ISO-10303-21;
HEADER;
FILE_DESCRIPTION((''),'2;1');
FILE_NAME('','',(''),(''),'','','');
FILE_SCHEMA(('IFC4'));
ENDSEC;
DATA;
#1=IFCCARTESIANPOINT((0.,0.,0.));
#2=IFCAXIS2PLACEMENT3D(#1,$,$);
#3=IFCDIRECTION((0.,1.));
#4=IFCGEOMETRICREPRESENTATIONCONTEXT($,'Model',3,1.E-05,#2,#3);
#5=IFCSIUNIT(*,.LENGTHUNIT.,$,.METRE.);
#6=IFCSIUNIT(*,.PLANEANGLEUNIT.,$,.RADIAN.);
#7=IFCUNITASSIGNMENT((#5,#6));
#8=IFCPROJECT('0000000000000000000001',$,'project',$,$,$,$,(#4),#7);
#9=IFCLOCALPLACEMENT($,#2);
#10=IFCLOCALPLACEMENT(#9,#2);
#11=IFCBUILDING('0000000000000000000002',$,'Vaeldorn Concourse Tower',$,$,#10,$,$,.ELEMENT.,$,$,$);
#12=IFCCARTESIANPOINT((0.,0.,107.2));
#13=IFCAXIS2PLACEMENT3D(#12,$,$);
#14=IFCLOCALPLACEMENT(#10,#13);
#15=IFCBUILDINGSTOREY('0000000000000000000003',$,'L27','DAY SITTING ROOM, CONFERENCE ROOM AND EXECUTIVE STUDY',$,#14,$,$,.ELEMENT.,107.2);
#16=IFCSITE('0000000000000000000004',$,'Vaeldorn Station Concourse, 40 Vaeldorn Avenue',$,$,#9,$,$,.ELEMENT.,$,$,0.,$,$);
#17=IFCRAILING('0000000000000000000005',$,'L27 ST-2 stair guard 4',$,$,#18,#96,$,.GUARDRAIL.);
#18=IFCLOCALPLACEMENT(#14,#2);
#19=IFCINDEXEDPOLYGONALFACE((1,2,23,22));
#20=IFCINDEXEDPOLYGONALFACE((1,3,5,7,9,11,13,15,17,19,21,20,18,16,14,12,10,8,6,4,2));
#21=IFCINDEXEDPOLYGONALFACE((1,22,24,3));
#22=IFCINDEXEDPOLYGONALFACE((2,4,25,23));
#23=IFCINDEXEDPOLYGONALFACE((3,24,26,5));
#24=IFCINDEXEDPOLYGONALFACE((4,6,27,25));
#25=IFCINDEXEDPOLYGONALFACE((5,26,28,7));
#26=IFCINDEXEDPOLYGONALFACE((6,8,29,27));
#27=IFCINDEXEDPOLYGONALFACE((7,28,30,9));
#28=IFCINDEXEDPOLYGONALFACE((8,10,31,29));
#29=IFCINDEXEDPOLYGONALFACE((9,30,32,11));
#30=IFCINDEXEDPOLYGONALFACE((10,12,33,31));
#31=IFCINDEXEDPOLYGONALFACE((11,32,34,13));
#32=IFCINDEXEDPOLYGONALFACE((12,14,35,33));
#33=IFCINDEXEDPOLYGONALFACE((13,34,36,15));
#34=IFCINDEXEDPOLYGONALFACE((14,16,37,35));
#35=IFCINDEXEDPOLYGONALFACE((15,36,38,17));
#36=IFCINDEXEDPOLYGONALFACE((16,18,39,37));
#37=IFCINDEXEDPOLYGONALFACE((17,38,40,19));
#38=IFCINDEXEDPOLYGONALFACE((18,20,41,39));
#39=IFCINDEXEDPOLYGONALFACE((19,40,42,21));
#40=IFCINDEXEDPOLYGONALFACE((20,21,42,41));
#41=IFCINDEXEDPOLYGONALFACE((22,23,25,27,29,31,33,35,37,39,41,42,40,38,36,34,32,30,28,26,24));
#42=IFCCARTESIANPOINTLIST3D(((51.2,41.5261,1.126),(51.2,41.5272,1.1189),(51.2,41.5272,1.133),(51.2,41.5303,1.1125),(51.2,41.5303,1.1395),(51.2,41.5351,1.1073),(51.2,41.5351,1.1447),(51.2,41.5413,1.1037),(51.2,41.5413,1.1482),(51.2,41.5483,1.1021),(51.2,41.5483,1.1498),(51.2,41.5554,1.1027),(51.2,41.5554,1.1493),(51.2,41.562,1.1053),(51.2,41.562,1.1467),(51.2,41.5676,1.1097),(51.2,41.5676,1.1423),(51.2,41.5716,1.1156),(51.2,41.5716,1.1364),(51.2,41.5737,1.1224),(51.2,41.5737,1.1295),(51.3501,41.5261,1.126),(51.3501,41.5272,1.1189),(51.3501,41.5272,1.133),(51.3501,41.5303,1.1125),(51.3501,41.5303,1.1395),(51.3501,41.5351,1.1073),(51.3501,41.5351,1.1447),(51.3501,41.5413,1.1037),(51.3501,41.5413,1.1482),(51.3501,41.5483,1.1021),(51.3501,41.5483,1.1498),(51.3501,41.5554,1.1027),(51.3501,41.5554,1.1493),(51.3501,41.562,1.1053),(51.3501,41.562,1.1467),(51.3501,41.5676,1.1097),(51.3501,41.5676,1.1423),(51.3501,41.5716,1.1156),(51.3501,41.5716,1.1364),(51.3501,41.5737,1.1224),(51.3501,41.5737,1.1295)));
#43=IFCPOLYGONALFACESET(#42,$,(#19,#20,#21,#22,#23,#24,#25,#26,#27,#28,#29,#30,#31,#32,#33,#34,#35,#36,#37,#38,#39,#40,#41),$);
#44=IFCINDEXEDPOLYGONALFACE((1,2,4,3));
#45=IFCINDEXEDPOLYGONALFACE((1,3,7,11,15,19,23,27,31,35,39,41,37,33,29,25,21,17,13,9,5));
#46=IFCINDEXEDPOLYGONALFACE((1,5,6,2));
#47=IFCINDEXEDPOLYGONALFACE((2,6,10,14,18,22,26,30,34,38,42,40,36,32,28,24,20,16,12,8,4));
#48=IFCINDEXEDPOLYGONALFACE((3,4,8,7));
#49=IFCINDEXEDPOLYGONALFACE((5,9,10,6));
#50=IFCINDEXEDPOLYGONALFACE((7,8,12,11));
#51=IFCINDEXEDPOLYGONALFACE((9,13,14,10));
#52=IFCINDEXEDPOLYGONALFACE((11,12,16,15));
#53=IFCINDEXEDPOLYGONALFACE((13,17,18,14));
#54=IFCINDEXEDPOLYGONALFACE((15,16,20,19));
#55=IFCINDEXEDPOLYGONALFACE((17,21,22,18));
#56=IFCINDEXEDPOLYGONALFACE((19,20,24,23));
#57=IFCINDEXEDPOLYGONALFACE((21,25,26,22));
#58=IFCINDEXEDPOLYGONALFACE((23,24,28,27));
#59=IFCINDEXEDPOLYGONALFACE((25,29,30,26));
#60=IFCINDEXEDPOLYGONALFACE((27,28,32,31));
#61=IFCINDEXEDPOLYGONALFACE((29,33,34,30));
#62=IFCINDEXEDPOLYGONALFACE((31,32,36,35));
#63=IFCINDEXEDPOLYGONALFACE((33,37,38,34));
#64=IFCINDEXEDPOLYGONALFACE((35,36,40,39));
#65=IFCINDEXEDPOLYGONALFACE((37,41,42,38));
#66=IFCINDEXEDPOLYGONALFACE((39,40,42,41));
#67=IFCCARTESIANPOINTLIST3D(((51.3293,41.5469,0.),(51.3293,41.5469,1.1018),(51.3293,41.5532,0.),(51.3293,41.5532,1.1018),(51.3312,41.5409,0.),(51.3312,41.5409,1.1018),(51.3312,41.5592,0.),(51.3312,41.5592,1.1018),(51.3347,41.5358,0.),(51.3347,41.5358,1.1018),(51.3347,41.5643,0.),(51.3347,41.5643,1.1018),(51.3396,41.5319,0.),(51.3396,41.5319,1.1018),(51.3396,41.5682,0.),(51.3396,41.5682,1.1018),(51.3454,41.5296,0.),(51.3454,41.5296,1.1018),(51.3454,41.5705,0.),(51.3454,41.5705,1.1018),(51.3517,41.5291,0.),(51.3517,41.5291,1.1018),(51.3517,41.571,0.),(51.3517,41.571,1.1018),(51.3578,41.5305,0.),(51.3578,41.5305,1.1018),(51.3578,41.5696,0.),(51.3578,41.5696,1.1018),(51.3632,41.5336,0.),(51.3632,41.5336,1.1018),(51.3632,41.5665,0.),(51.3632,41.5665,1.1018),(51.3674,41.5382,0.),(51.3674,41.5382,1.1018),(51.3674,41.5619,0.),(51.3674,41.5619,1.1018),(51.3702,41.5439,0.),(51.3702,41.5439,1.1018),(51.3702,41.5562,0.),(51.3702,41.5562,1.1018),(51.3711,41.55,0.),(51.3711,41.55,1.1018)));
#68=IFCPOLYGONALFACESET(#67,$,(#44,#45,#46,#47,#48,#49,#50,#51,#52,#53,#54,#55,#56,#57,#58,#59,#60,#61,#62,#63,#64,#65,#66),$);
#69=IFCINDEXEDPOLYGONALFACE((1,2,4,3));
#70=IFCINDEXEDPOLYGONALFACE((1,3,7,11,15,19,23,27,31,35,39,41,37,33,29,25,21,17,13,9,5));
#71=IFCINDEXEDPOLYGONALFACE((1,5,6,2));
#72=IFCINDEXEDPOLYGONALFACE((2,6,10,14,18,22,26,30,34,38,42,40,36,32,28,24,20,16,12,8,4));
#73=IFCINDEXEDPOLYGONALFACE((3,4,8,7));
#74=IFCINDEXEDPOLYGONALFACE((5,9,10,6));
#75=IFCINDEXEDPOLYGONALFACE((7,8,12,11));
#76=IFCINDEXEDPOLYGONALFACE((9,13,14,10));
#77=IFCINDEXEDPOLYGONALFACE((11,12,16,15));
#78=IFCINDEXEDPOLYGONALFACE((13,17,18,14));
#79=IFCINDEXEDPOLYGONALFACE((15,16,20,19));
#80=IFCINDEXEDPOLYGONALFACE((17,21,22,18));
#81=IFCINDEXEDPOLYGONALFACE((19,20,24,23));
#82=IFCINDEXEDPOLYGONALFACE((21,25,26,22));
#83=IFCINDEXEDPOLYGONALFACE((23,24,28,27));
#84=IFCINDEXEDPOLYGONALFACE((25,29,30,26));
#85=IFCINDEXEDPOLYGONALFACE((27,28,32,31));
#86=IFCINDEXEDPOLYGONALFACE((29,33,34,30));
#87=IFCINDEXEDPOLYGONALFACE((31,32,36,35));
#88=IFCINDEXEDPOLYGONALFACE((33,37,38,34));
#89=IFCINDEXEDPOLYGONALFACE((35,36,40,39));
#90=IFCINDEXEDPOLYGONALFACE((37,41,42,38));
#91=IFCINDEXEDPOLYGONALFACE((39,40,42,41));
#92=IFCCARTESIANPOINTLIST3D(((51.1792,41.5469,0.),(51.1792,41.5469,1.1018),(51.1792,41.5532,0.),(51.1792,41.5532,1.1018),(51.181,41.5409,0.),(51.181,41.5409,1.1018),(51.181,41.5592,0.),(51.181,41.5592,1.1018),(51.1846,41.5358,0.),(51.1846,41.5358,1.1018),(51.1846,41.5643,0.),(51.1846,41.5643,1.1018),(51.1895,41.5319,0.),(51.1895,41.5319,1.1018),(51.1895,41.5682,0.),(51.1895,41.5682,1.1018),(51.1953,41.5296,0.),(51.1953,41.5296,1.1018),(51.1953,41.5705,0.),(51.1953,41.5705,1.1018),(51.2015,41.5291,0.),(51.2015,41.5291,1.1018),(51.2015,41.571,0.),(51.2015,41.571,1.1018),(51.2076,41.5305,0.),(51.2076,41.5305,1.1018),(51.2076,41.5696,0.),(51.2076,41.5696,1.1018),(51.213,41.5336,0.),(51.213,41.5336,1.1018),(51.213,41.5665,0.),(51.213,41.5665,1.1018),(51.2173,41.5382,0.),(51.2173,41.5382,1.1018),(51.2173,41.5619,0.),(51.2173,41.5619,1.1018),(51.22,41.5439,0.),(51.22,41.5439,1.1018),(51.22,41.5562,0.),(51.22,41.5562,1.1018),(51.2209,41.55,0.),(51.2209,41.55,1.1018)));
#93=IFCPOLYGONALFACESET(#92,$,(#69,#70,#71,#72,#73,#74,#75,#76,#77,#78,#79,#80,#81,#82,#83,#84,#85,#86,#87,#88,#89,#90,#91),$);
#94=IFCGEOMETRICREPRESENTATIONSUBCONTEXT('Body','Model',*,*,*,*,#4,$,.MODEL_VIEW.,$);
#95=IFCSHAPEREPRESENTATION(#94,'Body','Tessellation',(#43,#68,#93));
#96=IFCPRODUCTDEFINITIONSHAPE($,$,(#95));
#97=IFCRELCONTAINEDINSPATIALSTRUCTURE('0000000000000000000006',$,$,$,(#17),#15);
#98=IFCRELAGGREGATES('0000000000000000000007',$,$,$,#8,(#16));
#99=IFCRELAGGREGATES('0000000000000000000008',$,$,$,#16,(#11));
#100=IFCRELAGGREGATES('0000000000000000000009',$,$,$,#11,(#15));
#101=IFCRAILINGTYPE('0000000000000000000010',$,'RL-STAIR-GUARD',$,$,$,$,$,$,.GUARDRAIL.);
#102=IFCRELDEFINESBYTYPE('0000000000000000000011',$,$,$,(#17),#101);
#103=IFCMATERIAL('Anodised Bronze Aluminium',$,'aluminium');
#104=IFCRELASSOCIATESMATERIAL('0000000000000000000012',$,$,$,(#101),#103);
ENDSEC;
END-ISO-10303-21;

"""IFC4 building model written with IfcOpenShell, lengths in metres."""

from ifc_helpers import new_model, si_unit, direction, frame, origin, origin_2d, place, context, subcontext, project, spatial, circle, extrude, material, type_object, element, save


model = new_model("IFC4")

# Units and contexts
model_context = context("Model", 3, precision=1e-05, world=origin(), true_north=direction((0.0, 1.0)))
body_context = subcontext(model_context, "Body", "Model", "MODEL_VIEW")
ifc_project = project(units=[si_unit("LENGTHUNIT", "METRE"), si_unit("PLANEANGLEUNIT", "RADIAN")], contexts=[model_context])

# Site, building, storey
site_placement = place(None, origin())
site = spatial("IfcSite", under=ifc_project, at=site_placement, Name="Vaeldorn Station Concourse, 40 Vaeldorn Avenue", CompositionType="ELEMENT", RefElevation=0.0)
building_placement = place(site_placement, origin())
building = spatial("IfcBuilding", under=site, at=building_placement, Name="Vaeldorn Concourse Tower", CompositionType="ELEMENT")
storey_placement = place(building_placement, frame((0.0, 0.0, 107.2)))
storey = spatial("IfcBuildingStorey", under=building, at=storey_placement, Name="L27", Description="DAY SITTING ROOM, CONFERENCE ROOM AND EXECUTIVE STUDY", CompositionType="ELEMENT", Elevation=107.2)

# Shared definitions
ifc_material_1 = material(Name="Anodised Bronze Aluminium", Category="aluminium")

# Railing
railing_type_1 = type_object("IfcRailingType", Name="RL-STAIR-GUARD", PredefinedType="GUARDRAIL", material=ifc_material_1)
railing_1_placement = place(storey_placement, frame((51.3501, 41.55, 0.0)))
element("IfcRailing", 1, at=railing_1_placement, inside=storey, type_object=railing_type_1, Name="L27 ST-2 stair guard 4", PredefinedType="GUARDRAIL", context=body_context, shape_type="SweptSolid", body=[
    extrude(circle(Radius=0.0239, at=origin_2d()), frame((0.0, 0.0, 1.126), z_axis=(-1.0, 0.0, 0.0), x_axis=(0.0, -1.0, 0.0)), (0.0, 0.0, 1.0), 0.1501),
    extrude(circle(Radius=0.021, at=origin_2d()), origin(), (0.0, 0.0, 1.0), 1.1018),
    extrude(circle(Radius=0.021, at=origin_2d()), frame((-0.1501, 0.0, 0.0)), (0.0, 0.0, 1.0), 1.1018),
])

save(model, "model.ifc")
